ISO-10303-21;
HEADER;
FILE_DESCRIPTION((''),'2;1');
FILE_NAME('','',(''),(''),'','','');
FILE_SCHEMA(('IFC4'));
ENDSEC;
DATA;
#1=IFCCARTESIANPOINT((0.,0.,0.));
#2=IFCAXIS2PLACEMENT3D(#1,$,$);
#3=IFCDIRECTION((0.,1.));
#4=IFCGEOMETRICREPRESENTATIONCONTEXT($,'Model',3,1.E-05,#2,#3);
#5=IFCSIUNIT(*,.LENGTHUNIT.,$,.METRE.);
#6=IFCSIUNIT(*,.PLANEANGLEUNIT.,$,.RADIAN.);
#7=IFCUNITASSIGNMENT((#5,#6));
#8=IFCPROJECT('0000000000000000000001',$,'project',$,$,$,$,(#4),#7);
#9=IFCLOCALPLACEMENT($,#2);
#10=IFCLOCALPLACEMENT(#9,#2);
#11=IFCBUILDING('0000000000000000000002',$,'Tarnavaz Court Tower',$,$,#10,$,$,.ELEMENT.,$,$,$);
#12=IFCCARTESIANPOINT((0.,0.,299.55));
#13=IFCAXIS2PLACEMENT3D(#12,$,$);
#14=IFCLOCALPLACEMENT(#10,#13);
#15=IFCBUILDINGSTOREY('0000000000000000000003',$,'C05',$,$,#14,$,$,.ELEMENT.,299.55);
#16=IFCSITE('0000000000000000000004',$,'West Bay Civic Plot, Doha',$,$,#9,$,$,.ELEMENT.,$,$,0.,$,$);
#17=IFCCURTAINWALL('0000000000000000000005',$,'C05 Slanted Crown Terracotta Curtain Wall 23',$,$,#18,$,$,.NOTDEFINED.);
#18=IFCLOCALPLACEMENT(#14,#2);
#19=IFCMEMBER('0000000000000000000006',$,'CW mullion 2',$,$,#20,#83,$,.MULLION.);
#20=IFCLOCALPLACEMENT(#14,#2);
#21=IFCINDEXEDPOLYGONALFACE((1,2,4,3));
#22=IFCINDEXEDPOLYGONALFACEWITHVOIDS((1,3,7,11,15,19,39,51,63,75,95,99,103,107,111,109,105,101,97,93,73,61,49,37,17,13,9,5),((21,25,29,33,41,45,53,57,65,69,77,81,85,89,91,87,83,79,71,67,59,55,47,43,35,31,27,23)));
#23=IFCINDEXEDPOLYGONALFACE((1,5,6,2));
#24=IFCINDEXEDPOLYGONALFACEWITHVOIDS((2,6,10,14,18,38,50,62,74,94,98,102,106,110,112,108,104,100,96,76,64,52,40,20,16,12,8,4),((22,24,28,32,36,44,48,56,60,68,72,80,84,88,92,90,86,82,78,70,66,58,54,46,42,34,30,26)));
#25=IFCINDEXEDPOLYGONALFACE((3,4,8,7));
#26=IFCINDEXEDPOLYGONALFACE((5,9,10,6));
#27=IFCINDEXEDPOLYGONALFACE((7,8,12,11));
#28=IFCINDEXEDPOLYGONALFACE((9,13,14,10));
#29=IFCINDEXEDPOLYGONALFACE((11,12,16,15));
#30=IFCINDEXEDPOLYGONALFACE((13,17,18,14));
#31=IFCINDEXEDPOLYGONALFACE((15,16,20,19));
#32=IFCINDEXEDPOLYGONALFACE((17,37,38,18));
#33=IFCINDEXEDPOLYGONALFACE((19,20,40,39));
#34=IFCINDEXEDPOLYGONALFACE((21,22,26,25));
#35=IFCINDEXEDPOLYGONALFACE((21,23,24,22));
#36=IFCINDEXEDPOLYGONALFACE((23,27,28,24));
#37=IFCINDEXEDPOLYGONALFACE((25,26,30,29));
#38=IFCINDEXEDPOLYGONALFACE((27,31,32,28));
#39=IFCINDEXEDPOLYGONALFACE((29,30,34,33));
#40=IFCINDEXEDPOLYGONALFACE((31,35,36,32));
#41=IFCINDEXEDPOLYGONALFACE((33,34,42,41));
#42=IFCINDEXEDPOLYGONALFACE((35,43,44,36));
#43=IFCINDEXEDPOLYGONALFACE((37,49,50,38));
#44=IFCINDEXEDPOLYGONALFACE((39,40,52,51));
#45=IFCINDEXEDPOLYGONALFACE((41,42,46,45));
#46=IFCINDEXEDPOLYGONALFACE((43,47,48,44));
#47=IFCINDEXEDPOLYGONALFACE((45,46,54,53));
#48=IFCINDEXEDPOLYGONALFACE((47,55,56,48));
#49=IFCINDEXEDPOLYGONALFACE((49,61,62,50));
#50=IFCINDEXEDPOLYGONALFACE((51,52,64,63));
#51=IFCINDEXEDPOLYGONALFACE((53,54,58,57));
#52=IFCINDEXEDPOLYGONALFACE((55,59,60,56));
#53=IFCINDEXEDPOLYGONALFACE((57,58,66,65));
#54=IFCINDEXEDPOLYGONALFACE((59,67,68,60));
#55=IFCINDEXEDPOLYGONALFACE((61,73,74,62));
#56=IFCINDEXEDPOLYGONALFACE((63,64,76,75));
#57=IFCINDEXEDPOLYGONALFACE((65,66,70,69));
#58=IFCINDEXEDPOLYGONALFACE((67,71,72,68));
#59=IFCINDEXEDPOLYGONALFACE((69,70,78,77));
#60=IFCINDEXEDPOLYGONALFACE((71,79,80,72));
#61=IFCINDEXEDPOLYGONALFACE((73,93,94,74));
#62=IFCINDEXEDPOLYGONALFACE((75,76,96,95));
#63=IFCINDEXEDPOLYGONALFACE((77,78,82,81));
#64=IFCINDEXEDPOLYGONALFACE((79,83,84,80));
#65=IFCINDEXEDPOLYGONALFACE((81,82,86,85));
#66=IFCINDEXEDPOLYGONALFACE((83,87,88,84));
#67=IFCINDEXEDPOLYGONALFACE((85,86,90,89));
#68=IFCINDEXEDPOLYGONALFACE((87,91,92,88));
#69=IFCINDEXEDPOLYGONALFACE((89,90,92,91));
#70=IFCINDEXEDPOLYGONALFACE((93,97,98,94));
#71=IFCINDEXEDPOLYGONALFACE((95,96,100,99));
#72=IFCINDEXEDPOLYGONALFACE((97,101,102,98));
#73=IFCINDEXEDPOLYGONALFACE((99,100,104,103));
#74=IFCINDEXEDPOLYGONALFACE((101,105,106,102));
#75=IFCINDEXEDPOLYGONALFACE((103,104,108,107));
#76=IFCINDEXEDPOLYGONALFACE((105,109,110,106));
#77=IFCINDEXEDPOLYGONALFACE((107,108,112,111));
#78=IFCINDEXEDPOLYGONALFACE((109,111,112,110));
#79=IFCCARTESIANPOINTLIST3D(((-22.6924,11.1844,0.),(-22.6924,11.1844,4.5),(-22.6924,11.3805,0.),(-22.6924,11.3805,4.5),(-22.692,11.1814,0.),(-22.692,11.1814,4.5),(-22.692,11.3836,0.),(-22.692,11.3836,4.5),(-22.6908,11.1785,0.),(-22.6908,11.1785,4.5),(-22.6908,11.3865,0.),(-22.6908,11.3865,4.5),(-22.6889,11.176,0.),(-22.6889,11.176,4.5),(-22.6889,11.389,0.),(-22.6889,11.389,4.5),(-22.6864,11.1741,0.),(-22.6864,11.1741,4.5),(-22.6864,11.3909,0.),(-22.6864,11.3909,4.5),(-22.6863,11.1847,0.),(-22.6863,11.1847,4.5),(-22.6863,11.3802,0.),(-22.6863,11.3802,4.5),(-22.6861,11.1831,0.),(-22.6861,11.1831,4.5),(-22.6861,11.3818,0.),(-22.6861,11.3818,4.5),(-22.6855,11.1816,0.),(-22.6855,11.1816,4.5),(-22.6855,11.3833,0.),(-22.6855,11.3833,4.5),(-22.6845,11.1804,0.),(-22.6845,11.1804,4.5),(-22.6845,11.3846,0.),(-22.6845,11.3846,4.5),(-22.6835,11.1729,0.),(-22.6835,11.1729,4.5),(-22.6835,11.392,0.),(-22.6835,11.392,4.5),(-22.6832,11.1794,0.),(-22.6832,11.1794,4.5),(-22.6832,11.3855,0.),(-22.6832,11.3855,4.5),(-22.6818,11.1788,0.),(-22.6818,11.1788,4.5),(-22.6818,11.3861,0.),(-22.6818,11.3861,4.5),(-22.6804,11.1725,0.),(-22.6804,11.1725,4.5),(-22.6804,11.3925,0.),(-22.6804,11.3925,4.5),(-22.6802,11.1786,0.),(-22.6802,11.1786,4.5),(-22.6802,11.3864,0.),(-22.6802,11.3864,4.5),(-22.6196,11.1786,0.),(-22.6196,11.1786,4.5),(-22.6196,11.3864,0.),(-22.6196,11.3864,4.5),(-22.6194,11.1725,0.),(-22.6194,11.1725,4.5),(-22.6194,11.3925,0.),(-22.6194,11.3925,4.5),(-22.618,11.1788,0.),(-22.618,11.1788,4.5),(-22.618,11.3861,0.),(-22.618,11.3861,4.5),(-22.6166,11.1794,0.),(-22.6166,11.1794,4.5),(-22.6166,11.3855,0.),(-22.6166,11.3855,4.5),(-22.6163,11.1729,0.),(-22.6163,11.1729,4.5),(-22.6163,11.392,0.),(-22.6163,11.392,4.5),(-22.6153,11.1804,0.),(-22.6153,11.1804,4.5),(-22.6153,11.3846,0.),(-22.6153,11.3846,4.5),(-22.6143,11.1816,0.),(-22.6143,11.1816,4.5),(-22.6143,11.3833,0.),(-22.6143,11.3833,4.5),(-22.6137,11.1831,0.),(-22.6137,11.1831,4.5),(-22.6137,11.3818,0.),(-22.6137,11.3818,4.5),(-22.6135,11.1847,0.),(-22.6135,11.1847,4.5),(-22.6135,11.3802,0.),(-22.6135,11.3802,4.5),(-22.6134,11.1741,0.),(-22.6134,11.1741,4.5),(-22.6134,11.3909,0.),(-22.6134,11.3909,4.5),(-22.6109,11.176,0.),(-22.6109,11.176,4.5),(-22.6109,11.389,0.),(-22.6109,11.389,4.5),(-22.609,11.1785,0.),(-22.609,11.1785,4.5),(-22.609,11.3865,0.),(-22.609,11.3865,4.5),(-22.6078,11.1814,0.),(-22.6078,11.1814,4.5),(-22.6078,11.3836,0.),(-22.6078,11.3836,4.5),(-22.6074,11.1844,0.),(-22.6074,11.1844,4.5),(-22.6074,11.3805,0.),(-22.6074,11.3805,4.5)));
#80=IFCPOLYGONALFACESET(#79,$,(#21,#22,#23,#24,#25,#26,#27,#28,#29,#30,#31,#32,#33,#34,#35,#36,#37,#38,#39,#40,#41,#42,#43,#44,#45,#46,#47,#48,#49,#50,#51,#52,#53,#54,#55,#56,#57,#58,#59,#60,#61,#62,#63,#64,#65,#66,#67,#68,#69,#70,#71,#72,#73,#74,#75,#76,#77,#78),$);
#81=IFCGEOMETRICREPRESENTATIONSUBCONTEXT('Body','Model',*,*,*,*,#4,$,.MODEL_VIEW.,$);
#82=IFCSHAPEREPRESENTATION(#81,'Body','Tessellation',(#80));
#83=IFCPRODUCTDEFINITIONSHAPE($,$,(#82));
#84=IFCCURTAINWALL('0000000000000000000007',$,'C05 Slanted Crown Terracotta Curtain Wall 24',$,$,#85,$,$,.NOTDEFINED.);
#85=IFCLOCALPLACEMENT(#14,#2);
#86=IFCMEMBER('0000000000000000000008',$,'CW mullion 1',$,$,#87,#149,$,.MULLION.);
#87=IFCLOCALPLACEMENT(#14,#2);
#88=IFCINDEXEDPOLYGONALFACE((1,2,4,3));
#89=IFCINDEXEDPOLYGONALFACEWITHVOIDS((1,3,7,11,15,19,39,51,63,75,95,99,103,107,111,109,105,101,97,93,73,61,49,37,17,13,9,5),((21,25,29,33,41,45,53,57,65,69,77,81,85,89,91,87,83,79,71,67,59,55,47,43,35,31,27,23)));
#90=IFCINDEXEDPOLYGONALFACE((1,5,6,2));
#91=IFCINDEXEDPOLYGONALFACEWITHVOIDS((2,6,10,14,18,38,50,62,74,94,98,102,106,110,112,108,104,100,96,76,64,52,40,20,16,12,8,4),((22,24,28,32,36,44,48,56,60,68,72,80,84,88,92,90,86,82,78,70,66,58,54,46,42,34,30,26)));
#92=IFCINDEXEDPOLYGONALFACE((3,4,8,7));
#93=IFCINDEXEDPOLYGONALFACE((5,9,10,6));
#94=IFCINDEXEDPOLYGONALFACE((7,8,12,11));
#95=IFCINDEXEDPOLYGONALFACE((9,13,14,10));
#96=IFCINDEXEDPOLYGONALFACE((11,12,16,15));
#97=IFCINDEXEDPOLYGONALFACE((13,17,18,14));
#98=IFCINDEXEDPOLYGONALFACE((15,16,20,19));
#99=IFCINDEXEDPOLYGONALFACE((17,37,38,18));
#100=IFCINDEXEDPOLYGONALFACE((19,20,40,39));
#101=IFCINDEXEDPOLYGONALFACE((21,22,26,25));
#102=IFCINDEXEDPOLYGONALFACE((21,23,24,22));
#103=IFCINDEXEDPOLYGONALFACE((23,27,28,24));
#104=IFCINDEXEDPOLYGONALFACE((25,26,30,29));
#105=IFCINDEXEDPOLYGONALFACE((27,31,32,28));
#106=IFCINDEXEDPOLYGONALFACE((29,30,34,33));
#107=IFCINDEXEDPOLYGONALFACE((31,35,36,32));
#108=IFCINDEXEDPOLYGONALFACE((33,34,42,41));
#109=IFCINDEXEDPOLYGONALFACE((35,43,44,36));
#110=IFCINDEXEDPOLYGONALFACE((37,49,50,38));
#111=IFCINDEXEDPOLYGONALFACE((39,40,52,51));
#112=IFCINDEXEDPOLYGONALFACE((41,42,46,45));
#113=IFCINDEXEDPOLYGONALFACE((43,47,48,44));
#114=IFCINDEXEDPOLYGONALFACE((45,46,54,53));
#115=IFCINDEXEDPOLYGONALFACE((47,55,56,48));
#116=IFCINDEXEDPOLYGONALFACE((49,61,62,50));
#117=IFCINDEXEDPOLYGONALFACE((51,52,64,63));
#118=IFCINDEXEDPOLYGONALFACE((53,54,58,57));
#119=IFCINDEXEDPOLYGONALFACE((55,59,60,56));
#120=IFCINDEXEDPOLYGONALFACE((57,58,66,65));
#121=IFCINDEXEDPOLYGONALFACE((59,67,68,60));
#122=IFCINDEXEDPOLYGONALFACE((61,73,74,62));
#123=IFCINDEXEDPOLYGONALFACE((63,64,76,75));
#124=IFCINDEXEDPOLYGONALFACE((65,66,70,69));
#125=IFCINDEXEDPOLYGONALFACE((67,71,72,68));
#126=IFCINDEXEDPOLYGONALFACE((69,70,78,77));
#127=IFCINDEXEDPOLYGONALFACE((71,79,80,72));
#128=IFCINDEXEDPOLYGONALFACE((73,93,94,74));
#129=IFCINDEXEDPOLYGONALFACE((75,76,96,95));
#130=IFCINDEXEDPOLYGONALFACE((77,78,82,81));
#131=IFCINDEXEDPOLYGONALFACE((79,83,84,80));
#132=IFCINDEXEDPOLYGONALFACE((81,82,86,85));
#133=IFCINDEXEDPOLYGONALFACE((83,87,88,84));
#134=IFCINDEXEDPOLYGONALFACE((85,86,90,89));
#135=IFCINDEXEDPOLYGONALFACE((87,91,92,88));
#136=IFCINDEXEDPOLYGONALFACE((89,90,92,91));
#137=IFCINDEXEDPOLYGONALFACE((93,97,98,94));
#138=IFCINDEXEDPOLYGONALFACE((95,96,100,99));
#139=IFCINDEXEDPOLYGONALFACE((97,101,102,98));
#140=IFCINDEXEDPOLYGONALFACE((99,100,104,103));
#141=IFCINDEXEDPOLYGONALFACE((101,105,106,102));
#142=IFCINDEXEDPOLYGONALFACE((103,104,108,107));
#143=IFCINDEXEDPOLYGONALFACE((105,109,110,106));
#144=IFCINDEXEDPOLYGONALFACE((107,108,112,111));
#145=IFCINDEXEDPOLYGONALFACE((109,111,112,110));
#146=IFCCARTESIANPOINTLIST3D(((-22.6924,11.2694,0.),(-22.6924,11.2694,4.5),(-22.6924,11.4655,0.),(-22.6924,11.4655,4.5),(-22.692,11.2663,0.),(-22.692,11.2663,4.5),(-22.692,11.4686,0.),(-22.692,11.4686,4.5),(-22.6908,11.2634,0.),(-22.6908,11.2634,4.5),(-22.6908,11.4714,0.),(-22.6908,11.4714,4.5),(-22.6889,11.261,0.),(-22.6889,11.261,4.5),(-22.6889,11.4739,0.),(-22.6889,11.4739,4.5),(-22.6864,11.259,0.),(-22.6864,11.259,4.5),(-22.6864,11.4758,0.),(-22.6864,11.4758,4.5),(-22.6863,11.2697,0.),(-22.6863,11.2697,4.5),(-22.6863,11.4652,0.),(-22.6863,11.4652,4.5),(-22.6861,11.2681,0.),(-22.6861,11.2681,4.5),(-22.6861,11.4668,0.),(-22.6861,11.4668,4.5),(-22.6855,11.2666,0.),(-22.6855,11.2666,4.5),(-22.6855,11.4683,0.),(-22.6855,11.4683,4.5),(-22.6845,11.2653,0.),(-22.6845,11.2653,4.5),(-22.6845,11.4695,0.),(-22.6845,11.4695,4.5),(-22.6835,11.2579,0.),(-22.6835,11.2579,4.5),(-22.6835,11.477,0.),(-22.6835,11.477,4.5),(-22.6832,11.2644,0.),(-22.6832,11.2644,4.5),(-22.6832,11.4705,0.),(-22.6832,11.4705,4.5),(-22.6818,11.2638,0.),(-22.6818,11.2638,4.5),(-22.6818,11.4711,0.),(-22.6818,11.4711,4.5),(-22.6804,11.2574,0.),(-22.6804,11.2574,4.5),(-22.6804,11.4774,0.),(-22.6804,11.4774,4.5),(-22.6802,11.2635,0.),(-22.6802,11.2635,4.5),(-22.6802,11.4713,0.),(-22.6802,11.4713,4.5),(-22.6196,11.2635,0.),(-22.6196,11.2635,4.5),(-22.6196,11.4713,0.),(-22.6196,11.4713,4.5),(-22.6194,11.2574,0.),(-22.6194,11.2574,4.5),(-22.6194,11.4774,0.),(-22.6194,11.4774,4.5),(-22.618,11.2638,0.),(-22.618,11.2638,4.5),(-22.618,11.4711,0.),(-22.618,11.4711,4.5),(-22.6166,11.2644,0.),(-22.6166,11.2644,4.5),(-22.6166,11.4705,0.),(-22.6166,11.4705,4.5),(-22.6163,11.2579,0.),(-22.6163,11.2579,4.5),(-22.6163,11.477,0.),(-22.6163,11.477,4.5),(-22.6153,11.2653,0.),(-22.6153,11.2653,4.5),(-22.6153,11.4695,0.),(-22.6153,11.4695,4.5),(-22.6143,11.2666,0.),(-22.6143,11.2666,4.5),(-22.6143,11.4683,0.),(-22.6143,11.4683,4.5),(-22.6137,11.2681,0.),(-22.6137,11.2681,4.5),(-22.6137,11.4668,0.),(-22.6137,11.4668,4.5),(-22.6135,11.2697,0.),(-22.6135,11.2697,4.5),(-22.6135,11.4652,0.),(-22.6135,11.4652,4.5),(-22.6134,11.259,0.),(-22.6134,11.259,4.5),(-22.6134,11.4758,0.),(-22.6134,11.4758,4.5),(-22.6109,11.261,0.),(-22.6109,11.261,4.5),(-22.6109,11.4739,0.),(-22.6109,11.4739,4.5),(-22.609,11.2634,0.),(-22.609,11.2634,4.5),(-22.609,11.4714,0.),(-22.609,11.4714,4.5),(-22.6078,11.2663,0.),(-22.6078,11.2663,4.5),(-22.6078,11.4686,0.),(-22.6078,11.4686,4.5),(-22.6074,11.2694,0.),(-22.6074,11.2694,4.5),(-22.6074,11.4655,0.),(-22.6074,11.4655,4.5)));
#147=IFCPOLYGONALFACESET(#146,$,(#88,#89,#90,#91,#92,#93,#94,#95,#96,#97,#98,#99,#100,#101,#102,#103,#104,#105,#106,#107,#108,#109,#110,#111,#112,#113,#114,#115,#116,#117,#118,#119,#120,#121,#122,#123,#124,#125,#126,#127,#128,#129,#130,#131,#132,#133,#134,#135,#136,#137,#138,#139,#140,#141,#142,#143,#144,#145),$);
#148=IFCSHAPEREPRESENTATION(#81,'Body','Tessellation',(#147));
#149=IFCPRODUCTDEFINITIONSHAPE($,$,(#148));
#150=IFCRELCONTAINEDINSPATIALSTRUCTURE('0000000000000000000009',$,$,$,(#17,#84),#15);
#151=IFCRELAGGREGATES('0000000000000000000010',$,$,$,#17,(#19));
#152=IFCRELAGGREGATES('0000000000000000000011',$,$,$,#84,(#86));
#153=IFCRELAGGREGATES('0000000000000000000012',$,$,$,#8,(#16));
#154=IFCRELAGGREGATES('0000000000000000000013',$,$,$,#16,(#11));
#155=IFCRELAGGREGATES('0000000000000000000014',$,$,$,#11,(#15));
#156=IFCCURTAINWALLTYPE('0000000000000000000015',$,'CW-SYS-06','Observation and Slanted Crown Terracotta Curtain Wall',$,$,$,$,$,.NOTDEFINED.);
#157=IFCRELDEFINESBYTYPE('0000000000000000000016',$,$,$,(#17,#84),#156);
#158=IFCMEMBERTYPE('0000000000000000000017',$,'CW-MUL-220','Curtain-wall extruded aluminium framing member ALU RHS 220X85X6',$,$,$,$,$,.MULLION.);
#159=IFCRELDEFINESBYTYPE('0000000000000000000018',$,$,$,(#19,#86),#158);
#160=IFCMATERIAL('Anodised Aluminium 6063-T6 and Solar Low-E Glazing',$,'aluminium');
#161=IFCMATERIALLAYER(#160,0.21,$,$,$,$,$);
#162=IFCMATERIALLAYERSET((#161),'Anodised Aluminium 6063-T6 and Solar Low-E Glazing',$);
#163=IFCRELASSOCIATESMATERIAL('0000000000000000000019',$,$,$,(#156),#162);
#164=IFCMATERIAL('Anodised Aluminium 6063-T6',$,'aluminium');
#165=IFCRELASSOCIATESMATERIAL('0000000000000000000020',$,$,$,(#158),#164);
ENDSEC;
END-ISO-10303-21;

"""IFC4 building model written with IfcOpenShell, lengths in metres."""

from ifc_helpers import new_model, si_unit, direction, frame, origin, origin_2d, place, context, subcontext, project, spatial, hollow_rectangle, extrude, material, layer, layer_set, material_profile, profile_set, type_object, element, aggregate, save


model = new_model("IFC4")

# Units and contexts
model_context = context("Model", 3, precision=1e-05, world=origin(), true_north=direction((0.0, 1.0)))
body_context = subcontext(model_context, "Body", "Model", "MODEL_VIEW")
ifc_project = project(units=[si_unit("LENGTHUNIT", "METRE"), si_unit("PLANEANGLEUNIT", "RADIAN")], contexts=[model_context])

# Site, building, storey
site_placement = place(None, origin())
site = spatial("IfcSite", under=ifc_project, at=site_placement, Name="West Bay Civic Plot, Doha", CompositionType="ELEMENT", RefElevation=0.0)
building_placement = place(site_placement, origin())
building = spatial("IfcBuilding", under=site, at=building_placement, Name="Tarnavaz Court Tower", CompositionType="ELEMENT")
storey_placement = place(building_placement, frame((0.0, 0.0, 299.55)))
storey = spatial("IfcBuildingStorey", under=building, at=storey_placement, Name="C05", CompositionType="ELEMENT", Elevation=299.55)

# Shared definitions
ifc_material_1 = material(Name="Anodised Aluminium 6063-T6 and Solar Low-E Glazing", Category="aluminium")
ifc_layer_1 = layer(ifc_material_1, 0.21)
ifc_layer_set_1 = layer_set([ifc_layer_1], Name="Anodised Aluminium 6063-T6 and Solar Low-E Glazing")
curtain_wall_type = type_object("IfcCurtainWallType", Name="CW-SYS-06", Description="Observation and Slanted Crown Terracotta Curtain Wall", PredefinedType="NOTDEFINED", material=ifc_layer_set_1)
ifc_material_2 = material(Name="Anodised Aluminium 6063-T6", Category="aluminium")
ifc_material_profile_1 = material_profile(ifc_material_2, hollow_rectangle(XDim=0.085, YDim=0.22, WallThickness=0.0061, InnerFilletRadius=0.0061, OuterFilletRadius=0.012, at=origin_2d()), Name="ALU RHS 220X85X6")
ifc_profile_set_1 = profile_set([ifc_material_profile_1], Name="Anodised Aluminium 6063-T6")
member_type_1 = type_object("IfcMemberType", Name="CW-MUL-220", Description="Curtain-wall extruded aluminium framing member ALU RHS 220X85X6", PredefinedType="MULLION", material=ifc_profile_set_1)

# Curtain wall, member
curtain_wall_1_placement = place(storey_placement, origin())
curtain_wall_1 = element("IfcCurtainWall", 1, at=curtain_wall_1_placement, inside=storey, type_object=curtain_wall_type, Name="C05 Slanted Crown Terracotta Curtain Wall 23", PredefinedType="NOTDEFINED")
member_1_placement = place(storey_placement, frame((-22.6499, 11.2825, 0.0), z_axis=(0.0, 0.0, 1.0), x_axis=(-1.0, 0.0, 0.0)))
member_1 = element("IfcMember", 2, at=member_1_placement, type_object=member_type_1, Name="CW mullion 2", PredefinedType="MULLION", context=body_context, shape_type="SweptSolid", body=[
    extrude(hollow_rectangle(XDim=0.085, YDim=0.22, WallThickness=0.0061, InnerFilletRadius=0.0061, OuterFilletRadius=0.012, at=origin_2d()), origin(), (0.0, 0.0, 1.0), 4.5),
])
aggregate(curtain_wall_1, [member_1])

# Curtain wall, member
curtain_wall_2_placement = place(storey_placement, origin())
curtain_wall_2 = element("IfcCurtainWall", 3, at=curtain_wall_2_placement, inside=storey, type_object=curtain_wall_type, Name="C05 Slanted Crown Terracotta Curtain Wall 24", PredefinedType="NOTDEFINED")
member_2_placement = place(storey_placement, frame((-22.6499, 11.3674, 0.0), z_axis=(0.0, 0.0, 1.0), x_axis=(-1.0, 0.0, 0.0)))
member_2 = element("IfcMember", 4, at=member_2_placement, type_object=member_type_1, Name="CW mullion 1", PredefinedType="MULLION", context=body_context, shape_type="SweptSolid", body=[
    extrude(hollow_rectangle(XDim=0.085, YDim=0.22, WallThickness=0.0061, InnerFilletRadius=0.0061, OuterFilletRadius=0.012, at=origin_2d()), origin(), (0.0, 0.0, 1.0), 4.5),
])

aggregate(curtain_wall_2, [member_2])

save(model, "model.ifc")
